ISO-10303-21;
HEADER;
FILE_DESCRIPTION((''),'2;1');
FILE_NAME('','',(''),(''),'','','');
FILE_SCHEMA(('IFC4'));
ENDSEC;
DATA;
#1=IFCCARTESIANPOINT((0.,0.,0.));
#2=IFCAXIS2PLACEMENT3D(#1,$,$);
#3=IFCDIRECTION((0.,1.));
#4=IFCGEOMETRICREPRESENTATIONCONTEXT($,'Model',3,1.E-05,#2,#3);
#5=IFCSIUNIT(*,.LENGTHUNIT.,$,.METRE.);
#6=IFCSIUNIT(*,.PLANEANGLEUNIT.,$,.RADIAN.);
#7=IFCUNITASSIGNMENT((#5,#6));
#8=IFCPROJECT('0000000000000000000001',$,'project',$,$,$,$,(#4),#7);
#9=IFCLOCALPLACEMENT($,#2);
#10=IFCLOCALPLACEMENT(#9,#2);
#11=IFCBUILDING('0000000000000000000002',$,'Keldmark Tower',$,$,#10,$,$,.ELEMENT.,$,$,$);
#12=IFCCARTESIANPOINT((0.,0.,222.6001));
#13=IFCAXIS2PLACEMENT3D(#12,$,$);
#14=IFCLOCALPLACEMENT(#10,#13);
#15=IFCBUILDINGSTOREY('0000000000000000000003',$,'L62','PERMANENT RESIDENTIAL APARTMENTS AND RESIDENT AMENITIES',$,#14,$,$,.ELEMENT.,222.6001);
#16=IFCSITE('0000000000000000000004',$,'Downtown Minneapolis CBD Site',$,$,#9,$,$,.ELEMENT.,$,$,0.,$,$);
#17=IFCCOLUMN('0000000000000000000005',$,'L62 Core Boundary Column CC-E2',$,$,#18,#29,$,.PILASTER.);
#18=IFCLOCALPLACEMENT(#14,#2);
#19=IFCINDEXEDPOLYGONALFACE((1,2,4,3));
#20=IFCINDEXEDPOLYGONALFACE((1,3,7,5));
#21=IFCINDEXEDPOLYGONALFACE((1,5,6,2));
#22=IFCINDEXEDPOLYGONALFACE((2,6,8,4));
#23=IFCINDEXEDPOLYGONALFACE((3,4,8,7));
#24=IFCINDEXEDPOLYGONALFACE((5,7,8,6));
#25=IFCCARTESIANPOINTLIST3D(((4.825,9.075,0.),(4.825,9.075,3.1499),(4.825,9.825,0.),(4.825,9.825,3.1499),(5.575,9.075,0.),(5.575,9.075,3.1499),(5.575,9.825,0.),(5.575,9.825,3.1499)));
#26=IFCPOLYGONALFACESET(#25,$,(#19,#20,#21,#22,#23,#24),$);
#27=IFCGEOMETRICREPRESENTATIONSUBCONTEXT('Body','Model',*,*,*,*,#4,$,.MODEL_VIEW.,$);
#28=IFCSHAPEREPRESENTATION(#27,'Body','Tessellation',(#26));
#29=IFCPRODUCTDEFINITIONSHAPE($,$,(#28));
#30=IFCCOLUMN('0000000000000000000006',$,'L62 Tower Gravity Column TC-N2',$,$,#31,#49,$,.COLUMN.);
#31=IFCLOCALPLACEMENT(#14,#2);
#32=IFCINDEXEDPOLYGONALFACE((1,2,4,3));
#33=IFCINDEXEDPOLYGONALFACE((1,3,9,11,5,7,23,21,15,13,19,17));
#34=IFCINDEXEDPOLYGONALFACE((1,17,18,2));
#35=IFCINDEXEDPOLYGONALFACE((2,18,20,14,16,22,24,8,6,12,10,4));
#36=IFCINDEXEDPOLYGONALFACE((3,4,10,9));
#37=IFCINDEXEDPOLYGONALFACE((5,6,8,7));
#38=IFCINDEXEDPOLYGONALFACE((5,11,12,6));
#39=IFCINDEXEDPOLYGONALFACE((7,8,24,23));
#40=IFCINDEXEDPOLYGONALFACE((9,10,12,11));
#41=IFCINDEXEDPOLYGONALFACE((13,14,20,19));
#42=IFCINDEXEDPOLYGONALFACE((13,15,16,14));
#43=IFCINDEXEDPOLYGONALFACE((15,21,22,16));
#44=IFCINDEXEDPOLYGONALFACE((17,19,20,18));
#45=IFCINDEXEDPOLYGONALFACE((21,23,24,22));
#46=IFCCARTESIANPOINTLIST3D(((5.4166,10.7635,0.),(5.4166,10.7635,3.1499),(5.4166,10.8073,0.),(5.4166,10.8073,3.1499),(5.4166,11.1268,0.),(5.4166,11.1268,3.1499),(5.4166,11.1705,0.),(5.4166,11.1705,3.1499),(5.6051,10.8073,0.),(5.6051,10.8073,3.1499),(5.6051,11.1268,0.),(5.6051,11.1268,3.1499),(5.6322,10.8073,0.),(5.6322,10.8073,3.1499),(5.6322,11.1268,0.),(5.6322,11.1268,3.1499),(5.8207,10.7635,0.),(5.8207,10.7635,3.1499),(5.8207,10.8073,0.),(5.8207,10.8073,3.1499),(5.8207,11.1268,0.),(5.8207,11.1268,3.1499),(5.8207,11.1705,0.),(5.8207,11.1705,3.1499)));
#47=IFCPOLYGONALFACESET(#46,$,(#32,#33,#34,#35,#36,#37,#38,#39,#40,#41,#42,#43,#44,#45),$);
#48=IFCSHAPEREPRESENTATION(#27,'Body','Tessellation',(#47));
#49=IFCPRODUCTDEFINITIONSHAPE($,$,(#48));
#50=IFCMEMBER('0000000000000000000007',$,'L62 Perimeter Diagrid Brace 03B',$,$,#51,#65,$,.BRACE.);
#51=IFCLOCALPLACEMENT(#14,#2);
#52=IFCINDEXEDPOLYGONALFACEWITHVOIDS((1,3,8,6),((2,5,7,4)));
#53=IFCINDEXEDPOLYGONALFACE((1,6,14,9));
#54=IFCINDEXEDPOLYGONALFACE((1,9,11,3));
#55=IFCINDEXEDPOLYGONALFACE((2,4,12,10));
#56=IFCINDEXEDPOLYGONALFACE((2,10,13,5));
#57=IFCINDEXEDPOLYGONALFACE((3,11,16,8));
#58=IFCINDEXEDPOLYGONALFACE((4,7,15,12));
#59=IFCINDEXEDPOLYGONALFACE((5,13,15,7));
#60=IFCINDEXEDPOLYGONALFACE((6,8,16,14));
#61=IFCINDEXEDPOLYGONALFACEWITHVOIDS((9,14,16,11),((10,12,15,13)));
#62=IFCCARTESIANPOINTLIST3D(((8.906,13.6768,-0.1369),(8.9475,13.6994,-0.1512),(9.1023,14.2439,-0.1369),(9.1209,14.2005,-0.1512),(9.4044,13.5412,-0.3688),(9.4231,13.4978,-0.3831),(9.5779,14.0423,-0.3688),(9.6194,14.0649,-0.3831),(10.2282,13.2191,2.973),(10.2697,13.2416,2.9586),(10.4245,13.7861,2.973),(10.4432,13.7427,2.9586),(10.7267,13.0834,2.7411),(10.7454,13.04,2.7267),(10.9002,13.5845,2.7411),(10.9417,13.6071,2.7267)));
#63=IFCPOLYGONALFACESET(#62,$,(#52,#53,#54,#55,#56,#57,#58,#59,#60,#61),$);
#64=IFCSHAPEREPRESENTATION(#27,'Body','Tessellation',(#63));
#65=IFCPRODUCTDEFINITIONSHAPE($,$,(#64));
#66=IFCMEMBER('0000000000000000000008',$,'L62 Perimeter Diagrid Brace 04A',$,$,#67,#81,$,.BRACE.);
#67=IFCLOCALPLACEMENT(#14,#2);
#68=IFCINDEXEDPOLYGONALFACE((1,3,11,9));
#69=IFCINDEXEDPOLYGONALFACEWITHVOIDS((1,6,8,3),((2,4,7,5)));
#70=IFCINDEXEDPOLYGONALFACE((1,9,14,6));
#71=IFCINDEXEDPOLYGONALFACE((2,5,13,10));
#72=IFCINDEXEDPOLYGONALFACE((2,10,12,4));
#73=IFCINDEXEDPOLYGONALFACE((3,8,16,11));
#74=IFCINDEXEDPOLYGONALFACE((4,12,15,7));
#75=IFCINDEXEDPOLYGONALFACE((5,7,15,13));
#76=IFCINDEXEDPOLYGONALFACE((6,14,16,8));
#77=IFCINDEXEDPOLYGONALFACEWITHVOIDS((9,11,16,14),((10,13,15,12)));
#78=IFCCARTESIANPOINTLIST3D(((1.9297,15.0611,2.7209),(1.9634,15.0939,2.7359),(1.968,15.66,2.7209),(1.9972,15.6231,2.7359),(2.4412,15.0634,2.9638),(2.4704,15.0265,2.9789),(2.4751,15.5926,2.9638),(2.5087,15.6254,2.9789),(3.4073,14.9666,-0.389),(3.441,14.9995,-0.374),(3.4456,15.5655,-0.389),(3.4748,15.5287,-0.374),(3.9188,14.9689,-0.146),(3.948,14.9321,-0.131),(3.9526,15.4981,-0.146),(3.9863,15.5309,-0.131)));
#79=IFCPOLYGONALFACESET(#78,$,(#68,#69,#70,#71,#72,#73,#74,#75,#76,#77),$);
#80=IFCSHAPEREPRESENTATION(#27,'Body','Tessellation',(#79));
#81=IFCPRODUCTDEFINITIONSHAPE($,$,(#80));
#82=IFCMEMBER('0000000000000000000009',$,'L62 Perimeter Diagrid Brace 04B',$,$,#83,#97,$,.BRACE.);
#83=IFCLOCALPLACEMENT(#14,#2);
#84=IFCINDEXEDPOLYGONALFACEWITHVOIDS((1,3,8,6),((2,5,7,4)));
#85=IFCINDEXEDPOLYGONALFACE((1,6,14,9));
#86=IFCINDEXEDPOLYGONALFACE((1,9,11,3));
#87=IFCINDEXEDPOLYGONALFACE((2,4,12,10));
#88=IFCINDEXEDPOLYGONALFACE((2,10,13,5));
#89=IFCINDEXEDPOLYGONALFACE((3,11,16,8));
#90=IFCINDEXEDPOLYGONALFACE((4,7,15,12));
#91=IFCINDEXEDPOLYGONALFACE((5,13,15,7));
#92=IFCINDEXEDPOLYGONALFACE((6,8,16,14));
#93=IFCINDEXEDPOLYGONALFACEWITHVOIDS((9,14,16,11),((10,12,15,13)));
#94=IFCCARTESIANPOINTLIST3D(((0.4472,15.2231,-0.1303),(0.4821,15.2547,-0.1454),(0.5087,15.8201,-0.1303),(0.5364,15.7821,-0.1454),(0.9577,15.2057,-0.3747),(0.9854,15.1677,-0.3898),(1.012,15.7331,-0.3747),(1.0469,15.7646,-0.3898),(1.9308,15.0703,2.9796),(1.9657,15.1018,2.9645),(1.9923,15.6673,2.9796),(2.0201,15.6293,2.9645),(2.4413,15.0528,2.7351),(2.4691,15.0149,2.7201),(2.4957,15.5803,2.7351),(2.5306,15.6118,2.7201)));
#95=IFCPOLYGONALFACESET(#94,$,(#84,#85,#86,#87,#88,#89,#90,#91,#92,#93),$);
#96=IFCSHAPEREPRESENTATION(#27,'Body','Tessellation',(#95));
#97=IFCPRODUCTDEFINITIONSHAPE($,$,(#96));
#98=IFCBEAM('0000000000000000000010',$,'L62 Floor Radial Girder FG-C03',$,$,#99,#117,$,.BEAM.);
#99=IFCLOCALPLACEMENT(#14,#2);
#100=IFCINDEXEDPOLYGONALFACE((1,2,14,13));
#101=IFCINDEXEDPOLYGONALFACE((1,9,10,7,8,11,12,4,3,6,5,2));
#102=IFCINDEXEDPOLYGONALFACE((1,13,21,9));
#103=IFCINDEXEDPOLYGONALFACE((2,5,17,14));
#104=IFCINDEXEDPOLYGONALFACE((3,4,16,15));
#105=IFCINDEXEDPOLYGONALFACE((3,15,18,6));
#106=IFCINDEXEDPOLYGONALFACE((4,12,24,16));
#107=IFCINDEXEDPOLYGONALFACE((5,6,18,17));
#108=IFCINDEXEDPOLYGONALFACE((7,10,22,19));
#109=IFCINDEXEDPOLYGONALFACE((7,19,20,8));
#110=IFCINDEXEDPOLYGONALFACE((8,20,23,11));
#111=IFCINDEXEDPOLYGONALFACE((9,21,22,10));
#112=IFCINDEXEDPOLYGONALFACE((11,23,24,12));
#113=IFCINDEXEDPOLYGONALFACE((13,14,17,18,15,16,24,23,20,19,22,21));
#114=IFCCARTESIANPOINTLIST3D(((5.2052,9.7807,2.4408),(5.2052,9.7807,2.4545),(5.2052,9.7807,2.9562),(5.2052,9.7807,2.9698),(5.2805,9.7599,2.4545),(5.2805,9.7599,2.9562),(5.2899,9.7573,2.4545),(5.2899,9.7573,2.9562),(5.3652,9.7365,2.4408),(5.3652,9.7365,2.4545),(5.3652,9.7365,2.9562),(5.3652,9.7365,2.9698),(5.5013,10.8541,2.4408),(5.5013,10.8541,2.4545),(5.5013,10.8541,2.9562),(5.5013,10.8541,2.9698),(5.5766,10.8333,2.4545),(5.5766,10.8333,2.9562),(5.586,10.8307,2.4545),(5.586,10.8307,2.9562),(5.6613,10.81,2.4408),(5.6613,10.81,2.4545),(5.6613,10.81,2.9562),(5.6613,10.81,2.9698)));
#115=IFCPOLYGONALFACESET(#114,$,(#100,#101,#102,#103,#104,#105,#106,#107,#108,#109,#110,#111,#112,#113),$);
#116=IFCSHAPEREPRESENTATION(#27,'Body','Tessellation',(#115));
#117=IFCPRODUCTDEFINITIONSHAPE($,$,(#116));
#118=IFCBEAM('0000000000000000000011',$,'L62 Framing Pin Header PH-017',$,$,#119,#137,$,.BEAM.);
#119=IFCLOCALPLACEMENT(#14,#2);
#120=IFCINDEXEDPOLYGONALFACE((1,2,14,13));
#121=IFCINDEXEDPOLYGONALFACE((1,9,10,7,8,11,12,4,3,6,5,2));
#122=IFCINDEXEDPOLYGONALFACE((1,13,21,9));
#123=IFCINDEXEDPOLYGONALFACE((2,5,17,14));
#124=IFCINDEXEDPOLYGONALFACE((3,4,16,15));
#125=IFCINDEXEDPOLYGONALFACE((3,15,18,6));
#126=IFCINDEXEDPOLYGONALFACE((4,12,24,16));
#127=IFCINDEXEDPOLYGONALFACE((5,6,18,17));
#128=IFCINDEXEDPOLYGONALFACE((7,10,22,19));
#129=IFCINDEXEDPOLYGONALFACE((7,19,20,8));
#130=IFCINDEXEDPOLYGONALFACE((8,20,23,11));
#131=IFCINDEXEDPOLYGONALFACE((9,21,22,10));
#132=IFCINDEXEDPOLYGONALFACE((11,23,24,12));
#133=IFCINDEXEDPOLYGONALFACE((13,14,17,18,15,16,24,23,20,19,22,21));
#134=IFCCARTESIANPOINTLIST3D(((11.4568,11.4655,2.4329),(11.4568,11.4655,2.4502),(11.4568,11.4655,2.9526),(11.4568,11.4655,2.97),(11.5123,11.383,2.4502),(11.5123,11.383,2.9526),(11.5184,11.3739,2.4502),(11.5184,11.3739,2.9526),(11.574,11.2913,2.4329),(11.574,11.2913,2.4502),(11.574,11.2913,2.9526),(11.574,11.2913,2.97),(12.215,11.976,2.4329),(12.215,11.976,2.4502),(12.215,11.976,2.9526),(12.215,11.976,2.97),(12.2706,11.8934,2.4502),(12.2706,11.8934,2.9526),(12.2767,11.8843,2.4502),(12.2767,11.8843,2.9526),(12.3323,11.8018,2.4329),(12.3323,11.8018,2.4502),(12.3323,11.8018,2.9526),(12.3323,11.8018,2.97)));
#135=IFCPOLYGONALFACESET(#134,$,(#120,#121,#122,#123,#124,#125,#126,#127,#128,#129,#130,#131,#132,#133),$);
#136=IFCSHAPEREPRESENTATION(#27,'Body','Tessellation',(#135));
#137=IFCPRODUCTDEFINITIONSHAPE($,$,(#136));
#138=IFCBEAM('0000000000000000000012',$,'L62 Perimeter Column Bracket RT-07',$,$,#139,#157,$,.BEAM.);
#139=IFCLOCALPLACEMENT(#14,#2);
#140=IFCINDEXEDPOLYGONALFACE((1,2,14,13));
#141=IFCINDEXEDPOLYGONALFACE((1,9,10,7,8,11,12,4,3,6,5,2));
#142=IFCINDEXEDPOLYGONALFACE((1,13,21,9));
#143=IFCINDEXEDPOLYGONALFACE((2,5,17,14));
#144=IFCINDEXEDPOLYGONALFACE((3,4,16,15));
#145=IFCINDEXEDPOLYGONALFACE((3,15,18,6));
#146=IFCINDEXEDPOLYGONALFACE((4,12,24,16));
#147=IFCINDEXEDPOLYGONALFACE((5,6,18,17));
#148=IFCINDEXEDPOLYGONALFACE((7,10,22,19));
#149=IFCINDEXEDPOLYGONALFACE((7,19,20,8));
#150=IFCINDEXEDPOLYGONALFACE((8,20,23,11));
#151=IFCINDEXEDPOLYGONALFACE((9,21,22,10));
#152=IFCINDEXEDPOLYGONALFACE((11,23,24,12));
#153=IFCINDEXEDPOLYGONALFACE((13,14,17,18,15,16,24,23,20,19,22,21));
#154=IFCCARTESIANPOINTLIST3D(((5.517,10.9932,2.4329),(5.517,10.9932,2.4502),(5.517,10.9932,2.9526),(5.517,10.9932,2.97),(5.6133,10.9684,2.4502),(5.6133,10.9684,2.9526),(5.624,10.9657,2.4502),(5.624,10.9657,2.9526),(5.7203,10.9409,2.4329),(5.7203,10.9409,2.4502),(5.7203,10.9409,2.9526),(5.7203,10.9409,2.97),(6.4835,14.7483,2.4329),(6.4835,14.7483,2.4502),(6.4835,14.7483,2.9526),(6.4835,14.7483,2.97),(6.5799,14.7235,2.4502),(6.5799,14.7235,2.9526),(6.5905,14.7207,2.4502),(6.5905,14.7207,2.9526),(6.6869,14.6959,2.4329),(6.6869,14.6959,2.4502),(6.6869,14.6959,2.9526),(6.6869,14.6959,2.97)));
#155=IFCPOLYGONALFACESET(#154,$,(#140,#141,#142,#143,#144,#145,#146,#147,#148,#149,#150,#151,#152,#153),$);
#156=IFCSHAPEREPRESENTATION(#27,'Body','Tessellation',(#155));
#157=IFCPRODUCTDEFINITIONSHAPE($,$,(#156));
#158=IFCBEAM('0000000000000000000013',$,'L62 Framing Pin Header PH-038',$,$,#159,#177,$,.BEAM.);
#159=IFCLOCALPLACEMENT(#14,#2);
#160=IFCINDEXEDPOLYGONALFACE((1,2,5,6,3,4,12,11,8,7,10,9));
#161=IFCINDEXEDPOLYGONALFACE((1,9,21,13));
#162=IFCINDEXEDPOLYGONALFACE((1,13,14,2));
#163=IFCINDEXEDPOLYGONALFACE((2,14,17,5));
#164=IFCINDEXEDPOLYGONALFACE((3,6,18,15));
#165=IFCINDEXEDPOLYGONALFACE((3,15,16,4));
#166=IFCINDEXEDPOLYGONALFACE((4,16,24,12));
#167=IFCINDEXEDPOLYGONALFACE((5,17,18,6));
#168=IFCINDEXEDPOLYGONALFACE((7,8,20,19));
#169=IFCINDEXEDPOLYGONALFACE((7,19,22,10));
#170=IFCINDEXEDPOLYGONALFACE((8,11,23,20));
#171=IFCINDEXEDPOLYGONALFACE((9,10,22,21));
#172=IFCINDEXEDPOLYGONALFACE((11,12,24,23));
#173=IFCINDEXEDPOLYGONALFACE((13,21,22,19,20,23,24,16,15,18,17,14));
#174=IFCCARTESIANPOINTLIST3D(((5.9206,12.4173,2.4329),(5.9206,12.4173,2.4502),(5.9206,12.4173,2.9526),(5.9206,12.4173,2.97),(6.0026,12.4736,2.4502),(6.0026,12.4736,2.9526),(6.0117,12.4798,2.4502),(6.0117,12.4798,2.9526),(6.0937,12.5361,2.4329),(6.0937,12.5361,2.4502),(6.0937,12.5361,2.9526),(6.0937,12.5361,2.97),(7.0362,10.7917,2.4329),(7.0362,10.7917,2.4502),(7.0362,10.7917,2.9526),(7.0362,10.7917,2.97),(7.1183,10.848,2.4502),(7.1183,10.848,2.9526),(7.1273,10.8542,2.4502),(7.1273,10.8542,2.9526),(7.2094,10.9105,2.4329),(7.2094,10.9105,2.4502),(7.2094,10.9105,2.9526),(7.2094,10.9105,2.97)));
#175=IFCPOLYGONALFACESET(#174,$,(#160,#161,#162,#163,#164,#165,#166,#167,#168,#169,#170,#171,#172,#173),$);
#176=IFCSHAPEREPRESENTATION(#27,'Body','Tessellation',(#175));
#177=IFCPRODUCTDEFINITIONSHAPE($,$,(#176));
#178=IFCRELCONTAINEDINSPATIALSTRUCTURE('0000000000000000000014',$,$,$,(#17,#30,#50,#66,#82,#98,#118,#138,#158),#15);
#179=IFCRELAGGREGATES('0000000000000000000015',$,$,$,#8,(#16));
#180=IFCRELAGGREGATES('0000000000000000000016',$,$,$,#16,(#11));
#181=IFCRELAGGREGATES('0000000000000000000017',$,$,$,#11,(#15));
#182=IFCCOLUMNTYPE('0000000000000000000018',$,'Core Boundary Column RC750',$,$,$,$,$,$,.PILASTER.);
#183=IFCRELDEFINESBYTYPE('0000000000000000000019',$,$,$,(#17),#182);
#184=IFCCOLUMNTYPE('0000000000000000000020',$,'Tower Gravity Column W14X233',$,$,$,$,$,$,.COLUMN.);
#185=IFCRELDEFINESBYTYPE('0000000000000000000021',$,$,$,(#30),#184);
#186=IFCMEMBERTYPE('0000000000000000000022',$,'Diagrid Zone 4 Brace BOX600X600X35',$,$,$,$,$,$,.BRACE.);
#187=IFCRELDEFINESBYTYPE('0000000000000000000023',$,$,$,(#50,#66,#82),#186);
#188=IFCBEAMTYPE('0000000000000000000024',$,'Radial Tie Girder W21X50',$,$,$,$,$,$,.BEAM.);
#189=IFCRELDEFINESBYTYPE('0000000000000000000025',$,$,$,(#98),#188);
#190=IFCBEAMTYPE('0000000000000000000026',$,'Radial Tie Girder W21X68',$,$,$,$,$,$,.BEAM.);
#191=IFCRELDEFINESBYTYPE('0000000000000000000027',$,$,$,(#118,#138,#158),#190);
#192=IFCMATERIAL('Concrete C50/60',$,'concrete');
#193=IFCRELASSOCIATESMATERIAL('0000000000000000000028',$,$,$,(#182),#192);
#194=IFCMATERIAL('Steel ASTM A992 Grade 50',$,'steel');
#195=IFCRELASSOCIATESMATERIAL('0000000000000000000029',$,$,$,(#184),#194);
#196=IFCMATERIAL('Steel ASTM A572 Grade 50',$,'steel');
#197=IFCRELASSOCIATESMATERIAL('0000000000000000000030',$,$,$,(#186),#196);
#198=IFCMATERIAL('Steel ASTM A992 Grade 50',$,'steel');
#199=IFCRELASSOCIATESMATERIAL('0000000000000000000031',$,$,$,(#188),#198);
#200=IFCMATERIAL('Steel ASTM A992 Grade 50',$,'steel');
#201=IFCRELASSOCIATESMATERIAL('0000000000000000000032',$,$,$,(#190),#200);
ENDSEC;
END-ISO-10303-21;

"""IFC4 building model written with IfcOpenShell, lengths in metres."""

from ifc_helpers import new_model, si_unit, direction, frame, origin, origin_2d, place, context, subcontext, project, spatial, rectangle, hollow_rectangle, i_section, extrude, material, material_profile, profile_set, type_object, element, save


model = new_model("IFC4")

# Units and contexts
model_context = context("Model", 3, precision=1e-05, world=origin(), true_north=direction((0.0, 1.0)))
body_context = subcontext(model_context, "Body", "Model", "MODEL_VIEW")
ifc_project = project(units=[si_unit("LENGTHUNIT", "METRE"), si_unit("PLANEANGLEUNIT", "RADIAN")], contexts=[model_context])

# Site, building, storey
site_placement = place(None, origin())
site = spatial("IfcSite", under=ifc_project, at=site_placement, Name="Downtown Minneapolis CBD Site", CompositionType="ELEMENT", RefElevation=0.0)
building_placement = place(site_placement, origin())
building = spatial("IfcBuilding", under=site, at=building_placement, Name="Keldmark Tower", CompositionType="ELEMENT")
storey_placement = place(building_placement, frame((0.0, 0.0, 222.6001)))
storey = spatial("IfcBuildingStorey", under=building, at=storey_placement, Name="L62", Description="PERMANENT RESIDENTIAL APARTMENTS AND RESIDENT AMENITIES", CompositionType="ELEMENT", Elevation=222.6001)

# Columns
ifc_material_1 = material(Name="Concrete C50/60", Category="concrete")
ifc_material_profile_1 = material_profile(ifc_material_1, rectangle(XDim=0.75, YDim=0.75, at=origin_2d()), Name="RC750X750")
ifc_profile_set_1 = profile_set([ifc_material_profile_1], Name="Concrete C50/60")
column_type_1 = type_object("IfcColumnType", Name="Core Boundary Column RC750", PredefinedType="PILASTER", material=ifc_profile_set_1)
column_1_placement = place(storey_placement, frame((5.2, 9.45, 0.0), z_axis=(0.0, 0.0, 1.0), x_axis=(1.0, 0.0, 0.0)))
element("IfcColumn", 1, at=column_1_placement, inside=storey, type_object=column_type_1, Name="L62 Core Boundary Column CC-E2", PredefinedType="PILASTER", context=body_context, shape_type="SweptSolid", body=[
    extrude(rectangle(XDim=0.75, YDim=0.75, at=origin_2d()), origin(), (0.0, 0.0, 1.0), 3.1499),
])
ifc_material_2 = material(Name="Steel ASTM A992 Grade 50", Category="steel")
ifc_material_profile_2 = material_profile(ifc_material_2, i_section(OverallWidth=0.4041, OverallDepth=0.407, WebThickness=0.0271, FlangeThickness=0.0437, at=origin_2d()), Name="W14X233")
ifc_profile_set_2 = profile_set([ifc_material_profile_2], Name="Steel ASTM A992 Grade 50")
column_type_2 = type_object("IfcColumnType", Name="Tower Gravity Column W14X233", PredefinedType="COLUMN", material=ifc_profile_set_2)
column_2_placement = place(storey_placement, frame((5.6187, 10.967, 0.0), z_axis=(0.0, 0.0, 1.0), x_axis=(1.0, 0.0, 0.0)))
element("IfcColumn", 2, at=column_2_placement, inside=storey, type_object=column_type_2, Name="L62 Tower Gravity Column TC-N2", PredefinedType="COLUMN", context=body_context, shape_type="SweptSolid", body=[
    extrude(i_section(OverallWidth=0.4041, OverallDepth=0.407, WebThickness=0.0271, FlangeThickness=0.0437, at=origin_2d()), origin(), (0.0, 0.0, 1.0), 3.1499),
])

# Members
ifc_material_3 = material(Name="Steel ASTM A572 Grade 50", Category="steel")
ifc_material_profile_3 = material_profile(ifc_material_3, hollow_rectangle(XDim=0.6001, YDim=0.6001, WallThickness=0.0349, at=origin_2d()), Name="BOX600X600X35")
ifc_profile_set_3 = profile_set([ifc_material_profile_3], Name="Steel ASTM A572 Grade 50")
member_type = type_object("IfcMemberType", Name="Diagrid Zone 4 Brace BOX600X600X35", PredefinedType="BRACE", material=ifc_profile_set_3)
member_1_placement = place(storey_placement, frame((9.2627, 13.8708, -0.26), z_axis=(0.387743, -0.134235, 0.911941), x_axis=(0.327147, 0.944974, 0.0)))
element("IfcMember", 3, at=member_1_placement, inside=storey, type_object=member_type, Name="L62 Perimeter Diagrid Brace 03B", PredefinedType="BRACE", context=body_context, shape_type="SweptSolid", body=[
    extrude(hollow_rectangle(XDim=0.6001, YDim=0.6001, WallThickness=0.0349, at=origin_2d()), origin(), (0.0, 0.0, 1.0), 3.4102),
])
member_2_placement = place(storey_placement, frame((3.6968, 15.2488, -0.26), z_axis=(-0.428979, 0.027431, 0.902898), x_axis=(-0.063815, -0.997962, 0.0)))
element("IfcMember", 4, at=member_2_placement, inside=storey, type_object=member_type, Name="L62 Perimeter Diagrid Brace 04A", PredefinedType="BRACE", context=body_context, shape_type="SweptSolid", body=[
    extrude(hollow_rectangle(XDim=0.6001, YDim=0.6001, WallThickness=0.0349, at=origin_2d()), origin(), (0.0, 0.0, 1.0), 3.4443),
])
member_3_placement = place(storey_placement, frame((0.7471, 15.4939, -0.26), z_axis=(0.430162, -0.044312, 0.901663), x_axis=(0.102469, 0.994736, 0.0)))
element("IfcMember", 5, at=member_3_placement, inside=storey, type_object=member_type, Name="L62 Perimeter Diagrid Brace 04B", PredefinedType="BRACE", context=body_context, shape_type="SweptSolid", body=[
    extrude(hollow_rectangle(XDim=0.6001, YDim=0.6001, WallThickness=0.0349, at=origin_2d()), origin(), (0.0, 0.0, 1.0), 3.449),
])

# Beams
ifc_material_4 = material(Name="Steel ASTM A992 Grade 50", Category="steel")
ifc_material_profile_4 = material_profile(ifc_material_4, i_section(OverallWidth=0.166, OverallDepth=0.5291, WebThickness=0.0098, FlangeThickness=0.0137, at=origin_2d()), Name="W21X50")
ifc_profile_set_4 = profile_set([ifc_material_profile_4], Name="Steel ASTM A992 Grade 50")
beam_type_1 = type_object("IfcBeamType", Name="Radial Tie Girder W21X50", PredefinedType="BEAM", material=ifc_profile_set_4)
beam_1_placement = place(storey_placement, frame((5.5813, 10.832, 2.7053), z_axis=(-0.265936, -0.963991, 0.0), x_axis=(0.963991, -0.265936, 0.0)))
element("IfcBeam", 6, at=beam_1_placement, inside=storey, type_object=beam_type_1, Name="L62 Floor Radial Girder FG-C03", PredefinedType="BEAM", context=body_context, shape_type="SweptSolid", body=[
    extrude(i_section(OverallWidth=0.166, OverallDepth=0.5291, WebThickness=0.0098, FlangeThickness=0.0137, at=origin_2d()), origin(), (0.0, 0.0, 1.0), 1.1135),
])
ifc_material_5 = material(Name="Steel ASTM A992 Grade 50", Category="steel")
ifc_material_profile_5 = material_profile(ifc_material_5, i_section(OverallWidth=0.21, OverallDepth=0.5371, WebThickness=0.011, FlangeThickness=0.0173, at=origin_2d()), Name="W21X68")
ifc_profile_set_5 = profile_set([ifc_material_profile_5], Name="Steel ASTM A992 Grade 50")
beam_type_2 = type_object("IfcBeamType", Name="Radial Tie Girder W21X68", PredefinedType="BEAM", material=ifc_profile_set_5)
beam_2_placement = place(storey_placement, frame((11.5154, 11.3784, 2.7014), z_axis=(0.829535, 0.558454, 0.0), x_axis=(-0.558454, 0.829535, 0.0)))
element("IfcBeam", 7, at=beam_2_placement, inside=storey, type_object=beam_type_2, Name="L62 Framing Pin Header PH-017", PredefinedType="BEAM", context=body_context, shape_type="SweptSolid", body=[
    extrude(i_section(OverallWidth=0.21, OverallDepth=0.5371, WebThickness=0.011, FlangeThickness=0.0173, at=origin_2d()), origin(), (0.0, 0.0, 1.0), 0.9141),
])
beam_3_placement = place(storey_placement, frame((5.6187, 10.967, 2.7014), z_axis=(0.249271, 0.968434, 0.0), x_axis=(-0.968434, 0.249271, 0.0)))
element("IfcBeam", 8, at=beam_3_placement, inside=storey, type_object=beam_type_2, Name="L62 Perimeter Column Bracket RT-07", PredefinedType="BEAM", context=body_context, shape_type="SweptSolid", body=[
    extrude(i_section(OverallWidth=0.21, OverallDepth=0.5371, WebThickness=0.011, FlangeThickness=0.0173, at=origin_2d()), origin(), (0.0, 0.0, 1.0), 3.8774),
])
beam_4_placement = place(storey_placement, frame((7.1228, 10.8511, 2.7014), z_axis=(-0.565851, 0.824508, 0.0), x_axis=(-0.824508, -0.565851, 0.0)))
element("IfcBeam", 9, at=beam_4_placement, inside=storey, type_object=beam_type_2, Name="L62 Framing Pin Header PH-038", PredefinedType="BEAM", context=body_context, shape_type="SweptSolid", body=[
    extrude(i_section(OverallWidth=0.21, OverallDepth=0.5371, WebThickness=0.011, FlangeThickness=0.0173, at=origin_2d()), origin(), (0.0, 0.0, 1.0), 1.9717),
])

save(model, "model.ifc")
